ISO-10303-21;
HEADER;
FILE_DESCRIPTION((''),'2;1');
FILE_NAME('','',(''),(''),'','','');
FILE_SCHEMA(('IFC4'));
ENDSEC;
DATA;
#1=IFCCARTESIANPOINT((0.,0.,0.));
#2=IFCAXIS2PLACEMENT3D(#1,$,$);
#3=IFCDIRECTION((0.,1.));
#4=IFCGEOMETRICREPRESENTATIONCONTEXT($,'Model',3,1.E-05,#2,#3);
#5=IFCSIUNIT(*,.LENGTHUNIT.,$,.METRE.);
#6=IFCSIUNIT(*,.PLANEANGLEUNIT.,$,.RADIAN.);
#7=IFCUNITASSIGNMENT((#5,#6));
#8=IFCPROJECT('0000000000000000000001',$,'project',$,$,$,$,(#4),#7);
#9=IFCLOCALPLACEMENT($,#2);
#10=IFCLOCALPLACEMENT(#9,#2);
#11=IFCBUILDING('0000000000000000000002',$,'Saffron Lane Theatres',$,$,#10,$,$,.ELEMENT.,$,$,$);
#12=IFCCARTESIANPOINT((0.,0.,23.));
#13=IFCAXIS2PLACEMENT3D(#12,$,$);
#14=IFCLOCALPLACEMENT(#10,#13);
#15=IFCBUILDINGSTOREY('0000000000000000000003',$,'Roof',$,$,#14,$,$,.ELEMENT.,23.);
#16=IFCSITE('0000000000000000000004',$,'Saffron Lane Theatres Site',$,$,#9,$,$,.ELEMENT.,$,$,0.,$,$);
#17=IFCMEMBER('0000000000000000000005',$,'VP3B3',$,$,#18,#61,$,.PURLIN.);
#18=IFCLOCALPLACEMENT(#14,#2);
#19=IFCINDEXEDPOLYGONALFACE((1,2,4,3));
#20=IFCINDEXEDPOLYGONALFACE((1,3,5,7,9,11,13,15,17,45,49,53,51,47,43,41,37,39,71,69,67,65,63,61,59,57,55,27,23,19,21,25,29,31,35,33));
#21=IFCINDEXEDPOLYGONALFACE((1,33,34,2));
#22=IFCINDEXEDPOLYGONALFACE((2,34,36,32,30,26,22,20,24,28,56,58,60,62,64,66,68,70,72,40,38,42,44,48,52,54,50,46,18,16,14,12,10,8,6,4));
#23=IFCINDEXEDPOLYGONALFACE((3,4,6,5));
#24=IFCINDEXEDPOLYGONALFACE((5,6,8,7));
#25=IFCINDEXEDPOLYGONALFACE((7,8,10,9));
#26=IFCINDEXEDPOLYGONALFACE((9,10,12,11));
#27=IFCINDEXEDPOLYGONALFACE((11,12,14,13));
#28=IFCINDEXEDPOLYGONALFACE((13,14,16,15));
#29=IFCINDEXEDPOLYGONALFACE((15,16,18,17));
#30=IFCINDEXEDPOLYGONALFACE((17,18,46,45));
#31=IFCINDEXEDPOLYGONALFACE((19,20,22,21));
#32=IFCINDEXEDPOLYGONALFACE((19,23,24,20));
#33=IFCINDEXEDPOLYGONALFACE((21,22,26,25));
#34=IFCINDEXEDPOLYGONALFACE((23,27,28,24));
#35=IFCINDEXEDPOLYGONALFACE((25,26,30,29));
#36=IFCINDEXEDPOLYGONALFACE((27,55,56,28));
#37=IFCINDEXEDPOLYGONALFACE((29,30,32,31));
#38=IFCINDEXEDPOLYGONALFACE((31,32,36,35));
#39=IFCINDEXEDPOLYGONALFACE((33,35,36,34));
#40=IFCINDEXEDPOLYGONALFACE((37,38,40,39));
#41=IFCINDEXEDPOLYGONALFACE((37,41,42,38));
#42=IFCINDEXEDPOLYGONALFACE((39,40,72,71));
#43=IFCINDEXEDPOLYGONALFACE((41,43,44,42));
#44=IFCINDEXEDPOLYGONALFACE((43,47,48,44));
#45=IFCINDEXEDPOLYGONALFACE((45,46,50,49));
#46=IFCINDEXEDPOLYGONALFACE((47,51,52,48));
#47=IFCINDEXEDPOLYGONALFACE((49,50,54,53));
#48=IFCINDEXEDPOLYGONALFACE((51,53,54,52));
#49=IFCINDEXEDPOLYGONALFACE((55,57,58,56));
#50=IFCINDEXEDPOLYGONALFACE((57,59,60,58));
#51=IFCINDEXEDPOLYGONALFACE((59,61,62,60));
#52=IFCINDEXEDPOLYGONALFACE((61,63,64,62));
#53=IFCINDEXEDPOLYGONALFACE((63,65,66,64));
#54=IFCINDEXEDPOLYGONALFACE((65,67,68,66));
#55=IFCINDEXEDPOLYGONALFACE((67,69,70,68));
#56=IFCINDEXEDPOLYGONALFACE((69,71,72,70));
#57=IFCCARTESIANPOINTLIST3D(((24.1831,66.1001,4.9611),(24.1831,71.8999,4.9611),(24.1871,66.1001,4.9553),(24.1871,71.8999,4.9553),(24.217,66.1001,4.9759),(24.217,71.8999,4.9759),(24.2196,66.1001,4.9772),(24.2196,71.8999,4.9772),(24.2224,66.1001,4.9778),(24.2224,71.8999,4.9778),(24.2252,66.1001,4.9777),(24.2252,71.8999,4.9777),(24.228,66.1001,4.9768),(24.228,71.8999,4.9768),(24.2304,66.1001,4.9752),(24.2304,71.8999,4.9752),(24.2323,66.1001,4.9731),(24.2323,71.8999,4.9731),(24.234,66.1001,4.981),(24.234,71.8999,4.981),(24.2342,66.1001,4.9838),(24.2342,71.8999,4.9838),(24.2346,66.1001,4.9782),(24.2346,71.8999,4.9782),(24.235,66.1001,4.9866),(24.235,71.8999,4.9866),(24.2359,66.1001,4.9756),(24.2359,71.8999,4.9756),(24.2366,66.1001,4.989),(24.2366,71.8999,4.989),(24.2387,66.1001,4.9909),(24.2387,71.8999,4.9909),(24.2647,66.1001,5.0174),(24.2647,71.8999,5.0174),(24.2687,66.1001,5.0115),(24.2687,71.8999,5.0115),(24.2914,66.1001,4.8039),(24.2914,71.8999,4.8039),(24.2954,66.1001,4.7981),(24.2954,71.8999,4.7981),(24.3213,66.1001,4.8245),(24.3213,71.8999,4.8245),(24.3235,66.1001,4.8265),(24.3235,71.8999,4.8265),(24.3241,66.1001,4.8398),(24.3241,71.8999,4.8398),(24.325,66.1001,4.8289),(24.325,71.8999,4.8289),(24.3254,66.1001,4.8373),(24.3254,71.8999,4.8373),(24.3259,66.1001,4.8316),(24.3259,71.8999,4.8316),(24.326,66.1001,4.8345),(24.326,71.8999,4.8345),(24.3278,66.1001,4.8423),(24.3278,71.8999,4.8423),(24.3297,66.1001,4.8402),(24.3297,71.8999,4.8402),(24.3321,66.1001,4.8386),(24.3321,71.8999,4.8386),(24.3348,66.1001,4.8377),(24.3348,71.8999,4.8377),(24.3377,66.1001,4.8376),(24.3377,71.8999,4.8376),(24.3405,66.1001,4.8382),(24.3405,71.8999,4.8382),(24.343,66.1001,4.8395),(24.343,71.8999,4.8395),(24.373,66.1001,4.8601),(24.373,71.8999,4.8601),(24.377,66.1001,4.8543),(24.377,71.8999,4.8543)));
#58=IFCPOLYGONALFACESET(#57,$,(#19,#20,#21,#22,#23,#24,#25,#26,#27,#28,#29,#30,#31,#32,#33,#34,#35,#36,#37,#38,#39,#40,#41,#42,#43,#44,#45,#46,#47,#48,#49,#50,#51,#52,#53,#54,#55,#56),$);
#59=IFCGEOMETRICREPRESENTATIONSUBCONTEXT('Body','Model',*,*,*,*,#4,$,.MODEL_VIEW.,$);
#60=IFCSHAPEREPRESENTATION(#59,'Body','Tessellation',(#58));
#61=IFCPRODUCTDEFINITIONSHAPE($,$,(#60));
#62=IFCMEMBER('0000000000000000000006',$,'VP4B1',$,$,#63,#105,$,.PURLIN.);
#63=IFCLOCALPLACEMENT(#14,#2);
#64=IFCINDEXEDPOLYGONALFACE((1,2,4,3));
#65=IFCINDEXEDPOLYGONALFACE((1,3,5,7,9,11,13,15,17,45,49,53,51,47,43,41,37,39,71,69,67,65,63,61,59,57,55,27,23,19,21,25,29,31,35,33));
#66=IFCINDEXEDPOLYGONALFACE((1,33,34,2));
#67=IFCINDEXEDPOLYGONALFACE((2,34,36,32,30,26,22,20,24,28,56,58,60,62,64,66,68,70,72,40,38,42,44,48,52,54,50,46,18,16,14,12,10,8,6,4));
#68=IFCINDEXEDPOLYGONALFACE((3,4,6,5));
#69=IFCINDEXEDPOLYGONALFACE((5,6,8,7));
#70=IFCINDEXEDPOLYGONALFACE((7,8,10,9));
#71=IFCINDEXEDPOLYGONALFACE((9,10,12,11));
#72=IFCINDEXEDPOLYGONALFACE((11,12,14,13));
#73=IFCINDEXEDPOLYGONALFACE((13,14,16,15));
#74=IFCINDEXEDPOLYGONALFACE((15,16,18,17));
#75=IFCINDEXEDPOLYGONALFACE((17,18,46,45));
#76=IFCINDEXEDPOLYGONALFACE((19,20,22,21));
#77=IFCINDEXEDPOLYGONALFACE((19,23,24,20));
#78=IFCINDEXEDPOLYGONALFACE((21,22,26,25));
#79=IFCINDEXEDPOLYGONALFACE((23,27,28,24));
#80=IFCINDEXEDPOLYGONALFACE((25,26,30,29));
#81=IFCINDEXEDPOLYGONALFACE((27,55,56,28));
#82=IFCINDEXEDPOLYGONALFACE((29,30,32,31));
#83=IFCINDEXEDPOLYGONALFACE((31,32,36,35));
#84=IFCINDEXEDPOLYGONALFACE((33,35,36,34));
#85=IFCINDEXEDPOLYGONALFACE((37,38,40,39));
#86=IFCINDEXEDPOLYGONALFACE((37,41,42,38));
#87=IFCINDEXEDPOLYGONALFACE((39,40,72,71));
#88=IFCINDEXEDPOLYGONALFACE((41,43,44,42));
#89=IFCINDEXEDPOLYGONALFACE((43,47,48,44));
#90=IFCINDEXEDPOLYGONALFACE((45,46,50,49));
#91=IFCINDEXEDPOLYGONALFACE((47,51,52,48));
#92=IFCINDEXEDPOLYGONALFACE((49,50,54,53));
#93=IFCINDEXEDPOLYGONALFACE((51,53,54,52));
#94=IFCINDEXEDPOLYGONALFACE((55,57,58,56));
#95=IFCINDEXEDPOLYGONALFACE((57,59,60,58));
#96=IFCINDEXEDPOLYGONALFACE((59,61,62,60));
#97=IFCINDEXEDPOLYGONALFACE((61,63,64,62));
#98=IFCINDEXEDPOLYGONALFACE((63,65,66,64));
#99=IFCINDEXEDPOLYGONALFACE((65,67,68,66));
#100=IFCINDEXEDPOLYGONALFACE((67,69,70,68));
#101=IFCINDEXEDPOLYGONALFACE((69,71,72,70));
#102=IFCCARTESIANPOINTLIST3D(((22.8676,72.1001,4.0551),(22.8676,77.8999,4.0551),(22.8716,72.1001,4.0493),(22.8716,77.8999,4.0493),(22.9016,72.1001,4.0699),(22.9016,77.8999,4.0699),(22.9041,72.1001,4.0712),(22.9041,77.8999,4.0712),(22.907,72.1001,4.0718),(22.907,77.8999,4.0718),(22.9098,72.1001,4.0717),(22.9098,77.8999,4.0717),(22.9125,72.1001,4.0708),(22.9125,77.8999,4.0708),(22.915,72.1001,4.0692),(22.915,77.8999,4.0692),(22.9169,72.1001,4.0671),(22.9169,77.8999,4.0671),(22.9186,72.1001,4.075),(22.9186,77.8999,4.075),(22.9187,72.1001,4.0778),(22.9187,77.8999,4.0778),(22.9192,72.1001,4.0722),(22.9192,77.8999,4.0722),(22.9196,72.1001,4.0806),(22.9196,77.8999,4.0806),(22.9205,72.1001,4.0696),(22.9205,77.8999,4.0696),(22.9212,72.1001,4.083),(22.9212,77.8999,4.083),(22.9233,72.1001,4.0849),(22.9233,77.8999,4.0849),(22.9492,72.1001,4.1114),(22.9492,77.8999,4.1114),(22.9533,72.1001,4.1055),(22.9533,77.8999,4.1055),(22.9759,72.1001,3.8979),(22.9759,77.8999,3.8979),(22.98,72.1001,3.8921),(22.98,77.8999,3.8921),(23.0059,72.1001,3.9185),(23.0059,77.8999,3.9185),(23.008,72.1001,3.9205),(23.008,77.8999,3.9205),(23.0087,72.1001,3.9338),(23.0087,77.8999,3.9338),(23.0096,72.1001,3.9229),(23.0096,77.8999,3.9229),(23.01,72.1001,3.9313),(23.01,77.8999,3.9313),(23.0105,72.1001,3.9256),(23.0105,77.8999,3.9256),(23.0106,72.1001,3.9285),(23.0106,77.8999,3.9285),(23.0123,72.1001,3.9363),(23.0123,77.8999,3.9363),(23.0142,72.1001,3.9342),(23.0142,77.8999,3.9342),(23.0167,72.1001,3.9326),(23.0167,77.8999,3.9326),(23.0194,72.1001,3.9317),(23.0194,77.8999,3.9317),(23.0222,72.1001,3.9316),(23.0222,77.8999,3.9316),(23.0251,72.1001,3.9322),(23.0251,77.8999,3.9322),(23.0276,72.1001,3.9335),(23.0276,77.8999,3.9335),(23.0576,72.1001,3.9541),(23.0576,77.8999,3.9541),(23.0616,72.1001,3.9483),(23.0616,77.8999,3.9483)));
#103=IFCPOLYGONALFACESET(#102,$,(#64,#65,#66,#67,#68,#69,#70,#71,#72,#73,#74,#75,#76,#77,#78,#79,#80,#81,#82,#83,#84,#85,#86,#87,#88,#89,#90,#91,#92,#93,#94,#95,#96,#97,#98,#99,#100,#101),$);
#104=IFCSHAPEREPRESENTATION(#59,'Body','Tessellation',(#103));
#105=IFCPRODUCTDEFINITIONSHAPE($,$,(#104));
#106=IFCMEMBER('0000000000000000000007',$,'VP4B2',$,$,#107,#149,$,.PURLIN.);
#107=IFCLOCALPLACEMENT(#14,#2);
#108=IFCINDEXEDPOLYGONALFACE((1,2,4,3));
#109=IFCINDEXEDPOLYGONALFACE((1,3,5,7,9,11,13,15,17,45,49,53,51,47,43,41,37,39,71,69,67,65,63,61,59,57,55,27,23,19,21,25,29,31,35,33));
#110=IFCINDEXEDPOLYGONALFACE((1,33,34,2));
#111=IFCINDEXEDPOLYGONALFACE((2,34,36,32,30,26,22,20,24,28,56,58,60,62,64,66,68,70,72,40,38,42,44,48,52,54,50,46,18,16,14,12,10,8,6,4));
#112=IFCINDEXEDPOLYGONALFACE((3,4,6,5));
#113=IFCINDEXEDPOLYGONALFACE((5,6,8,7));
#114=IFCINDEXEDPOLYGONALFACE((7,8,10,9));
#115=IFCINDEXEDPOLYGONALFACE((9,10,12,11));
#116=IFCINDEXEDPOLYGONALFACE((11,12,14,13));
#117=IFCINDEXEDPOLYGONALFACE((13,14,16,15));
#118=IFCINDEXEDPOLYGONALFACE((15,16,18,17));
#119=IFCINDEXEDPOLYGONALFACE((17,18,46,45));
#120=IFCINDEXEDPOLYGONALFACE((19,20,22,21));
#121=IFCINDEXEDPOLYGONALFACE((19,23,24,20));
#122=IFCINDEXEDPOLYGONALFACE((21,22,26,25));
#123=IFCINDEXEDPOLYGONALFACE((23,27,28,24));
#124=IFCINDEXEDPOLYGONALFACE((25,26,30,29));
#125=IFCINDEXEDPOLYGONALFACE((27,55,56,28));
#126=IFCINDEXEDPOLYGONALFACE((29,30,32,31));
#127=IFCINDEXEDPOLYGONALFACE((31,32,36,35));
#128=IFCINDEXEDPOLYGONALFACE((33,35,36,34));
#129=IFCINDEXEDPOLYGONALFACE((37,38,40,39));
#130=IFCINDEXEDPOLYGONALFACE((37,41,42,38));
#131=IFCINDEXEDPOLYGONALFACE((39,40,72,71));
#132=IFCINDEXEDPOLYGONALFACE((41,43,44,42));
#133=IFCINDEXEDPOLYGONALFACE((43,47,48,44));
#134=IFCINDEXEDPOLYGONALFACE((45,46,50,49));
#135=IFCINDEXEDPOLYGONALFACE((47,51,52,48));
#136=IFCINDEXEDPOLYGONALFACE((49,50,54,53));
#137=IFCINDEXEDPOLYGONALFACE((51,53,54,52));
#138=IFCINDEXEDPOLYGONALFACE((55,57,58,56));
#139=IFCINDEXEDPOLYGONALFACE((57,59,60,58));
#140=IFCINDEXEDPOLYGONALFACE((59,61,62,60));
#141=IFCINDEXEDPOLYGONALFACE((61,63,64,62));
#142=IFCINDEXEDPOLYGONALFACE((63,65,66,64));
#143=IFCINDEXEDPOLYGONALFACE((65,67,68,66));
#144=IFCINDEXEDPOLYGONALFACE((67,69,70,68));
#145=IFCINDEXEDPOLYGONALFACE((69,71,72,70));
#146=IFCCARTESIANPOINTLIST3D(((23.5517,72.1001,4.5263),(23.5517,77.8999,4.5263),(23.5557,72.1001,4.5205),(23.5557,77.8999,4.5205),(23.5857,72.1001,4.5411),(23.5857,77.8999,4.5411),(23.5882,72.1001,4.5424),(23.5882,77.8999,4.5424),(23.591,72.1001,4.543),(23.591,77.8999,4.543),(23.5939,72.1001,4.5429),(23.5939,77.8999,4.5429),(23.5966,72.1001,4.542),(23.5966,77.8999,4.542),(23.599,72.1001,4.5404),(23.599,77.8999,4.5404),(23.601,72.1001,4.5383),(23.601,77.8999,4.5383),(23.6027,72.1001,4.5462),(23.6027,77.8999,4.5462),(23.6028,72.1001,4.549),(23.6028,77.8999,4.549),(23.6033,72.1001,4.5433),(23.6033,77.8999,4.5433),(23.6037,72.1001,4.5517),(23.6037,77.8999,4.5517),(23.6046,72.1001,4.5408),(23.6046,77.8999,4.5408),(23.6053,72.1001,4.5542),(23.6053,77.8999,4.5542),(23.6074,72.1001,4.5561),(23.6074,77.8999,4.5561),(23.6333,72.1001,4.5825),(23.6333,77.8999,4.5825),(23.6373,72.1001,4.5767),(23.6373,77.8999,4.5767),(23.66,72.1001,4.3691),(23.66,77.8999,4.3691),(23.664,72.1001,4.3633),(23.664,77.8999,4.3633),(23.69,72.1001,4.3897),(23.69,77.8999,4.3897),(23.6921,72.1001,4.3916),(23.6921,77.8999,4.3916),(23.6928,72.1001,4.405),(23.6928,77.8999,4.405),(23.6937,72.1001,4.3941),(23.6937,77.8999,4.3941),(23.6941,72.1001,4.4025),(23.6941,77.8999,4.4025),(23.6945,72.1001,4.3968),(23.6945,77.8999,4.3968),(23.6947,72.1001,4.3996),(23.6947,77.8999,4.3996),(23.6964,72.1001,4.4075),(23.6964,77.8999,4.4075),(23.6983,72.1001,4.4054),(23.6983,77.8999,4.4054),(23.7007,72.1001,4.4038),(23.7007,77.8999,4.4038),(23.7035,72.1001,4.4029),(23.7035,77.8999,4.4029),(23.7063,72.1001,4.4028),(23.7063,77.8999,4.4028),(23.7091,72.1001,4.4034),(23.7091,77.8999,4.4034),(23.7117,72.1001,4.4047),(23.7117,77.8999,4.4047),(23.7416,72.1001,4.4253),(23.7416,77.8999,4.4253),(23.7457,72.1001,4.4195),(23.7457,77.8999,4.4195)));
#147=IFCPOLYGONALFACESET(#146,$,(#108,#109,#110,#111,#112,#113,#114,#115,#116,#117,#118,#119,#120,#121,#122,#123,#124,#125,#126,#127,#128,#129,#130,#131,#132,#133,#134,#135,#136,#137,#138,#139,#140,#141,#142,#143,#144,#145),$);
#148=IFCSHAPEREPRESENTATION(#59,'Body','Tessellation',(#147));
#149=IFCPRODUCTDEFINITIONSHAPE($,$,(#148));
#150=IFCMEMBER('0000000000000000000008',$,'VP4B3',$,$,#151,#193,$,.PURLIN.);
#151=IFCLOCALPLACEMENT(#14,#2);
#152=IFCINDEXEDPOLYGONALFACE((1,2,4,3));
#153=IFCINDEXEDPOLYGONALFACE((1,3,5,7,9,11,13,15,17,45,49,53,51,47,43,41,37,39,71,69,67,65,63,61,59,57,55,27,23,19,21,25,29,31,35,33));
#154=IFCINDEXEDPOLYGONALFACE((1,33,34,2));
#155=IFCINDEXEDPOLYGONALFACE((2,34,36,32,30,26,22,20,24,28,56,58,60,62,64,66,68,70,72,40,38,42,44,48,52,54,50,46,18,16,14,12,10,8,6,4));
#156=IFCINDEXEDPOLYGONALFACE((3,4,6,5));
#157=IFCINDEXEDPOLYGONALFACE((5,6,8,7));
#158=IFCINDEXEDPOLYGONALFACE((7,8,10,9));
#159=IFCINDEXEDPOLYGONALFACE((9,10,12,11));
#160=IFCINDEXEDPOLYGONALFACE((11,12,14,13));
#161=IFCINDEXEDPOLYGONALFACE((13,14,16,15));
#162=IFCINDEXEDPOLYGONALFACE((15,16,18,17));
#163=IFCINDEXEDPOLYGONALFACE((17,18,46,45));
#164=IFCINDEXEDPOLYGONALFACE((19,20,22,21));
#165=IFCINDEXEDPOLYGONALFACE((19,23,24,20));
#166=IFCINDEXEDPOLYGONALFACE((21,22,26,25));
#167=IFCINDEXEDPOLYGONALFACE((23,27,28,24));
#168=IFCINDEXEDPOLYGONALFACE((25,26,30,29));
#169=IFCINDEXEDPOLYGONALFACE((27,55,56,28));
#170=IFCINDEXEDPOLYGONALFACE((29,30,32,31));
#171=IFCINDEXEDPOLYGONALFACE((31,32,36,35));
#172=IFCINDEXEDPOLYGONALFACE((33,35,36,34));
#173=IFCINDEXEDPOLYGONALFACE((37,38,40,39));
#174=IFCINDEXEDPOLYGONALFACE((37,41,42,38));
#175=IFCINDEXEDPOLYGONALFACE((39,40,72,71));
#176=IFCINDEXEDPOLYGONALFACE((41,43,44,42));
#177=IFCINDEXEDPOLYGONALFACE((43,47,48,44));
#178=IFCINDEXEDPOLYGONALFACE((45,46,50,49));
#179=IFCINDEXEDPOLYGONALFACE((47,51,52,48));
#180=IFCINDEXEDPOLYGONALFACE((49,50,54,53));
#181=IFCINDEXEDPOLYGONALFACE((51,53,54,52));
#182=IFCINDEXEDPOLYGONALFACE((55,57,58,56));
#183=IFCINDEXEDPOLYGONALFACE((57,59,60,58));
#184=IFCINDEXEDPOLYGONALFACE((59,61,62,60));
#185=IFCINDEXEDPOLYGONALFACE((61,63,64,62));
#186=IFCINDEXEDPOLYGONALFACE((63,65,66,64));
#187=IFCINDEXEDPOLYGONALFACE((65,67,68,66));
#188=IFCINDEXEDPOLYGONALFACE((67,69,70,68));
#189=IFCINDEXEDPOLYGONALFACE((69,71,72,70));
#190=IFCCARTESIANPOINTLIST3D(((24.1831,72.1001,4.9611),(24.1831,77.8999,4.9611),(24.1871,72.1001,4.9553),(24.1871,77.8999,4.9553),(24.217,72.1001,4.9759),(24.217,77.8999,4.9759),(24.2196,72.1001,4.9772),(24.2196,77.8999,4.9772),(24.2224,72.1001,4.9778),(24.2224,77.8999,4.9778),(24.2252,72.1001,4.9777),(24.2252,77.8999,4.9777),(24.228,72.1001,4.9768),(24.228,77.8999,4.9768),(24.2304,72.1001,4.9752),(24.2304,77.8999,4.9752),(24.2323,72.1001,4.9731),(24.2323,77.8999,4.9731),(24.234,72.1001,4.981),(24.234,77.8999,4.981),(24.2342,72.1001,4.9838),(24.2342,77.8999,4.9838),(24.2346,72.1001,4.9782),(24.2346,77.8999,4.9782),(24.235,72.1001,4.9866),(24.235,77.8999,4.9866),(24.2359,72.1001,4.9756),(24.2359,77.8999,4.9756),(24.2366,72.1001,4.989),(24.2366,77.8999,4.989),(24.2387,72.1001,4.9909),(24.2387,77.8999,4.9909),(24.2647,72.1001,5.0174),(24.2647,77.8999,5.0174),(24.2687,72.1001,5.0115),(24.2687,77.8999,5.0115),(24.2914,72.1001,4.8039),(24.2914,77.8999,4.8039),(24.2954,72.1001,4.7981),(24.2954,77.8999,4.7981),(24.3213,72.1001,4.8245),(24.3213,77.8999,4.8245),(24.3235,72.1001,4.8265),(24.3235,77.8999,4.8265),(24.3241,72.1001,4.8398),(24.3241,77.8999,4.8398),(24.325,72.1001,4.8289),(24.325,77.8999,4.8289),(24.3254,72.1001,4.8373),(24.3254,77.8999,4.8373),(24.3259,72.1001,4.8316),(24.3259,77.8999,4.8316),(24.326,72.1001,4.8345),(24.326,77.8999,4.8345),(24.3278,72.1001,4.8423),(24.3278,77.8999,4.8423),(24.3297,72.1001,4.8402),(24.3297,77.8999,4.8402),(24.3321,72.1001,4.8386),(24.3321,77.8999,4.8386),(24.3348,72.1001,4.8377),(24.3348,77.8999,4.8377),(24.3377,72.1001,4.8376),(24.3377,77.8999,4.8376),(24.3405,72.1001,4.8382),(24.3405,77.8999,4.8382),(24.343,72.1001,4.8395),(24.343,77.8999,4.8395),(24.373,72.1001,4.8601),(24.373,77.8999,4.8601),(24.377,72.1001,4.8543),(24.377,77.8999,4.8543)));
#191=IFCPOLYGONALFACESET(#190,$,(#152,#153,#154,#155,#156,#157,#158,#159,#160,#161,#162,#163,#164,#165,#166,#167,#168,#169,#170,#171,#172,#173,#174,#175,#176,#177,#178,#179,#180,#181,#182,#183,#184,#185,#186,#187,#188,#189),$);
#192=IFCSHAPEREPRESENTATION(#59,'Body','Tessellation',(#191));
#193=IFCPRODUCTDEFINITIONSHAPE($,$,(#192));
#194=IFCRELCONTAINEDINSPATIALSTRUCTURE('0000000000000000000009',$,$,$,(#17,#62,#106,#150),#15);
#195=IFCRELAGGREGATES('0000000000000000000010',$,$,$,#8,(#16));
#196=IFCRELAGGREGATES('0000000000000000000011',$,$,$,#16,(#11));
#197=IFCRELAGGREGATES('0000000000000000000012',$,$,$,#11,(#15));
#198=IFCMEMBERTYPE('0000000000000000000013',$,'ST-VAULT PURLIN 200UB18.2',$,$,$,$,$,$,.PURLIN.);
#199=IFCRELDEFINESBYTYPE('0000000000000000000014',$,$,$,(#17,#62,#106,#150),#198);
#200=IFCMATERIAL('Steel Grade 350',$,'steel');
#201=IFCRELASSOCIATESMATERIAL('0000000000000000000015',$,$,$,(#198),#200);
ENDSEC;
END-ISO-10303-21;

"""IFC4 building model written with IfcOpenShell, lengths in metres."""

from ifc_helpers import new_model, si_unit, direction, frame, origin, origin_2d, place, context, subcontext, project, spatial, i_section, extrude, material, material_profile, profile_set, type_object, element, save


model = new_model("IFC4")

# Units and contexts
model_context = context("Model", 3, precision=1e-05, world=origin(), true_north=direction((0.0, 1.0)))
body_context = subcontext(model_context, "Body", "Model", "MODEL_VIEW")
ifc_project = project(units=[si_unit("LENGTHUNIT", "METRE"), si_unit("PLANEANGLEUNIT", "RADIAN")], contexts=[model_context])

# Site, building, storey
site_placement = place(None, origin())
site = spatial("IfcSite", under=ifc_project, at=site_placement, Name="Saffron Lane Theatres Site", CompositionType="ELEMENT", RefElevation=0.0)
building_placement = place(site_placement, origin())
building = spatial("IfcBuilding", under=site, at=building_placement, Name="Saffron Lane Theatres", CompositionType="ELEMENT")
storey_placement = place(building_placement, frame((0.0, 0.0, 23.0)))
storey = spatial("IfcBuildingStorey", under=building, at=storey_placement, Name="Roof", CompositionType="ELEMENT", Elevation=23.0)

# Members
ifc_material_1 = material(Name="Steel Grade 350", Category="steel")
ifc_material_profile_1 = material_profile(ifc_material_1, i_section(OverallWidth=0.0991, OverallDepth=0.198, WebThickness=0.0044, FlangeThickness=0.0071, FilletRadius=0.011, at=origin_2d()))
ifc_profile_set_1 = profile_set([ifc_material_profile_1], Name="Steel Grade 350")
member_type_1 = type_object("IfcMemberType", Name="ST-VAULT PURLIN 200UB18.2", PredefinedType="PURLIN", material=ifc_profile_set_1)
for number, where, z_axis, x_axis, name in (
    (1, (24.28, 66.1001, 4.9077), (0.0, 1.0, 0.0), (0.823487, 0.0, 0.567335), "VP3B3"),
    (2, (22.9646, 72.1001, 4.0017), (0.0, 1.0, 0.0), (0.823487, 0.0, 0.567335), "VP4B1"),
    (3, (23.6487, 72.1001, 4.4729), (0.0, 1.0, 0.0), (0.823487, 0.0, 0.567335), "VP4B2"),
    (4, (24.28, 72.1001, 4.9077), (0.0, 1.0, 0.0), (0.823487, 0.0, 0.567335), "VP4B3"),
):
    element("IfcMember", number, at=place(storey_placement, frame(where, z_axis=z_axis, x_axis=x_axis)), inside=storey, type_object=member_type_1, Name=name, PredefinedType="PURLIN", context=body_context, shape_type="SweptSolid", body=[
        extrude(i_section(OverallWidth=0.0991, OverallDepth=0.198, WebThickness=0.0044, FlangeThickness=0.0071, FilletRadius=0.011, at=origin_2d()), origin(), (0.0, 0.0, 1.0), 5.7998),
    ])

save(model, "model.ifc")
